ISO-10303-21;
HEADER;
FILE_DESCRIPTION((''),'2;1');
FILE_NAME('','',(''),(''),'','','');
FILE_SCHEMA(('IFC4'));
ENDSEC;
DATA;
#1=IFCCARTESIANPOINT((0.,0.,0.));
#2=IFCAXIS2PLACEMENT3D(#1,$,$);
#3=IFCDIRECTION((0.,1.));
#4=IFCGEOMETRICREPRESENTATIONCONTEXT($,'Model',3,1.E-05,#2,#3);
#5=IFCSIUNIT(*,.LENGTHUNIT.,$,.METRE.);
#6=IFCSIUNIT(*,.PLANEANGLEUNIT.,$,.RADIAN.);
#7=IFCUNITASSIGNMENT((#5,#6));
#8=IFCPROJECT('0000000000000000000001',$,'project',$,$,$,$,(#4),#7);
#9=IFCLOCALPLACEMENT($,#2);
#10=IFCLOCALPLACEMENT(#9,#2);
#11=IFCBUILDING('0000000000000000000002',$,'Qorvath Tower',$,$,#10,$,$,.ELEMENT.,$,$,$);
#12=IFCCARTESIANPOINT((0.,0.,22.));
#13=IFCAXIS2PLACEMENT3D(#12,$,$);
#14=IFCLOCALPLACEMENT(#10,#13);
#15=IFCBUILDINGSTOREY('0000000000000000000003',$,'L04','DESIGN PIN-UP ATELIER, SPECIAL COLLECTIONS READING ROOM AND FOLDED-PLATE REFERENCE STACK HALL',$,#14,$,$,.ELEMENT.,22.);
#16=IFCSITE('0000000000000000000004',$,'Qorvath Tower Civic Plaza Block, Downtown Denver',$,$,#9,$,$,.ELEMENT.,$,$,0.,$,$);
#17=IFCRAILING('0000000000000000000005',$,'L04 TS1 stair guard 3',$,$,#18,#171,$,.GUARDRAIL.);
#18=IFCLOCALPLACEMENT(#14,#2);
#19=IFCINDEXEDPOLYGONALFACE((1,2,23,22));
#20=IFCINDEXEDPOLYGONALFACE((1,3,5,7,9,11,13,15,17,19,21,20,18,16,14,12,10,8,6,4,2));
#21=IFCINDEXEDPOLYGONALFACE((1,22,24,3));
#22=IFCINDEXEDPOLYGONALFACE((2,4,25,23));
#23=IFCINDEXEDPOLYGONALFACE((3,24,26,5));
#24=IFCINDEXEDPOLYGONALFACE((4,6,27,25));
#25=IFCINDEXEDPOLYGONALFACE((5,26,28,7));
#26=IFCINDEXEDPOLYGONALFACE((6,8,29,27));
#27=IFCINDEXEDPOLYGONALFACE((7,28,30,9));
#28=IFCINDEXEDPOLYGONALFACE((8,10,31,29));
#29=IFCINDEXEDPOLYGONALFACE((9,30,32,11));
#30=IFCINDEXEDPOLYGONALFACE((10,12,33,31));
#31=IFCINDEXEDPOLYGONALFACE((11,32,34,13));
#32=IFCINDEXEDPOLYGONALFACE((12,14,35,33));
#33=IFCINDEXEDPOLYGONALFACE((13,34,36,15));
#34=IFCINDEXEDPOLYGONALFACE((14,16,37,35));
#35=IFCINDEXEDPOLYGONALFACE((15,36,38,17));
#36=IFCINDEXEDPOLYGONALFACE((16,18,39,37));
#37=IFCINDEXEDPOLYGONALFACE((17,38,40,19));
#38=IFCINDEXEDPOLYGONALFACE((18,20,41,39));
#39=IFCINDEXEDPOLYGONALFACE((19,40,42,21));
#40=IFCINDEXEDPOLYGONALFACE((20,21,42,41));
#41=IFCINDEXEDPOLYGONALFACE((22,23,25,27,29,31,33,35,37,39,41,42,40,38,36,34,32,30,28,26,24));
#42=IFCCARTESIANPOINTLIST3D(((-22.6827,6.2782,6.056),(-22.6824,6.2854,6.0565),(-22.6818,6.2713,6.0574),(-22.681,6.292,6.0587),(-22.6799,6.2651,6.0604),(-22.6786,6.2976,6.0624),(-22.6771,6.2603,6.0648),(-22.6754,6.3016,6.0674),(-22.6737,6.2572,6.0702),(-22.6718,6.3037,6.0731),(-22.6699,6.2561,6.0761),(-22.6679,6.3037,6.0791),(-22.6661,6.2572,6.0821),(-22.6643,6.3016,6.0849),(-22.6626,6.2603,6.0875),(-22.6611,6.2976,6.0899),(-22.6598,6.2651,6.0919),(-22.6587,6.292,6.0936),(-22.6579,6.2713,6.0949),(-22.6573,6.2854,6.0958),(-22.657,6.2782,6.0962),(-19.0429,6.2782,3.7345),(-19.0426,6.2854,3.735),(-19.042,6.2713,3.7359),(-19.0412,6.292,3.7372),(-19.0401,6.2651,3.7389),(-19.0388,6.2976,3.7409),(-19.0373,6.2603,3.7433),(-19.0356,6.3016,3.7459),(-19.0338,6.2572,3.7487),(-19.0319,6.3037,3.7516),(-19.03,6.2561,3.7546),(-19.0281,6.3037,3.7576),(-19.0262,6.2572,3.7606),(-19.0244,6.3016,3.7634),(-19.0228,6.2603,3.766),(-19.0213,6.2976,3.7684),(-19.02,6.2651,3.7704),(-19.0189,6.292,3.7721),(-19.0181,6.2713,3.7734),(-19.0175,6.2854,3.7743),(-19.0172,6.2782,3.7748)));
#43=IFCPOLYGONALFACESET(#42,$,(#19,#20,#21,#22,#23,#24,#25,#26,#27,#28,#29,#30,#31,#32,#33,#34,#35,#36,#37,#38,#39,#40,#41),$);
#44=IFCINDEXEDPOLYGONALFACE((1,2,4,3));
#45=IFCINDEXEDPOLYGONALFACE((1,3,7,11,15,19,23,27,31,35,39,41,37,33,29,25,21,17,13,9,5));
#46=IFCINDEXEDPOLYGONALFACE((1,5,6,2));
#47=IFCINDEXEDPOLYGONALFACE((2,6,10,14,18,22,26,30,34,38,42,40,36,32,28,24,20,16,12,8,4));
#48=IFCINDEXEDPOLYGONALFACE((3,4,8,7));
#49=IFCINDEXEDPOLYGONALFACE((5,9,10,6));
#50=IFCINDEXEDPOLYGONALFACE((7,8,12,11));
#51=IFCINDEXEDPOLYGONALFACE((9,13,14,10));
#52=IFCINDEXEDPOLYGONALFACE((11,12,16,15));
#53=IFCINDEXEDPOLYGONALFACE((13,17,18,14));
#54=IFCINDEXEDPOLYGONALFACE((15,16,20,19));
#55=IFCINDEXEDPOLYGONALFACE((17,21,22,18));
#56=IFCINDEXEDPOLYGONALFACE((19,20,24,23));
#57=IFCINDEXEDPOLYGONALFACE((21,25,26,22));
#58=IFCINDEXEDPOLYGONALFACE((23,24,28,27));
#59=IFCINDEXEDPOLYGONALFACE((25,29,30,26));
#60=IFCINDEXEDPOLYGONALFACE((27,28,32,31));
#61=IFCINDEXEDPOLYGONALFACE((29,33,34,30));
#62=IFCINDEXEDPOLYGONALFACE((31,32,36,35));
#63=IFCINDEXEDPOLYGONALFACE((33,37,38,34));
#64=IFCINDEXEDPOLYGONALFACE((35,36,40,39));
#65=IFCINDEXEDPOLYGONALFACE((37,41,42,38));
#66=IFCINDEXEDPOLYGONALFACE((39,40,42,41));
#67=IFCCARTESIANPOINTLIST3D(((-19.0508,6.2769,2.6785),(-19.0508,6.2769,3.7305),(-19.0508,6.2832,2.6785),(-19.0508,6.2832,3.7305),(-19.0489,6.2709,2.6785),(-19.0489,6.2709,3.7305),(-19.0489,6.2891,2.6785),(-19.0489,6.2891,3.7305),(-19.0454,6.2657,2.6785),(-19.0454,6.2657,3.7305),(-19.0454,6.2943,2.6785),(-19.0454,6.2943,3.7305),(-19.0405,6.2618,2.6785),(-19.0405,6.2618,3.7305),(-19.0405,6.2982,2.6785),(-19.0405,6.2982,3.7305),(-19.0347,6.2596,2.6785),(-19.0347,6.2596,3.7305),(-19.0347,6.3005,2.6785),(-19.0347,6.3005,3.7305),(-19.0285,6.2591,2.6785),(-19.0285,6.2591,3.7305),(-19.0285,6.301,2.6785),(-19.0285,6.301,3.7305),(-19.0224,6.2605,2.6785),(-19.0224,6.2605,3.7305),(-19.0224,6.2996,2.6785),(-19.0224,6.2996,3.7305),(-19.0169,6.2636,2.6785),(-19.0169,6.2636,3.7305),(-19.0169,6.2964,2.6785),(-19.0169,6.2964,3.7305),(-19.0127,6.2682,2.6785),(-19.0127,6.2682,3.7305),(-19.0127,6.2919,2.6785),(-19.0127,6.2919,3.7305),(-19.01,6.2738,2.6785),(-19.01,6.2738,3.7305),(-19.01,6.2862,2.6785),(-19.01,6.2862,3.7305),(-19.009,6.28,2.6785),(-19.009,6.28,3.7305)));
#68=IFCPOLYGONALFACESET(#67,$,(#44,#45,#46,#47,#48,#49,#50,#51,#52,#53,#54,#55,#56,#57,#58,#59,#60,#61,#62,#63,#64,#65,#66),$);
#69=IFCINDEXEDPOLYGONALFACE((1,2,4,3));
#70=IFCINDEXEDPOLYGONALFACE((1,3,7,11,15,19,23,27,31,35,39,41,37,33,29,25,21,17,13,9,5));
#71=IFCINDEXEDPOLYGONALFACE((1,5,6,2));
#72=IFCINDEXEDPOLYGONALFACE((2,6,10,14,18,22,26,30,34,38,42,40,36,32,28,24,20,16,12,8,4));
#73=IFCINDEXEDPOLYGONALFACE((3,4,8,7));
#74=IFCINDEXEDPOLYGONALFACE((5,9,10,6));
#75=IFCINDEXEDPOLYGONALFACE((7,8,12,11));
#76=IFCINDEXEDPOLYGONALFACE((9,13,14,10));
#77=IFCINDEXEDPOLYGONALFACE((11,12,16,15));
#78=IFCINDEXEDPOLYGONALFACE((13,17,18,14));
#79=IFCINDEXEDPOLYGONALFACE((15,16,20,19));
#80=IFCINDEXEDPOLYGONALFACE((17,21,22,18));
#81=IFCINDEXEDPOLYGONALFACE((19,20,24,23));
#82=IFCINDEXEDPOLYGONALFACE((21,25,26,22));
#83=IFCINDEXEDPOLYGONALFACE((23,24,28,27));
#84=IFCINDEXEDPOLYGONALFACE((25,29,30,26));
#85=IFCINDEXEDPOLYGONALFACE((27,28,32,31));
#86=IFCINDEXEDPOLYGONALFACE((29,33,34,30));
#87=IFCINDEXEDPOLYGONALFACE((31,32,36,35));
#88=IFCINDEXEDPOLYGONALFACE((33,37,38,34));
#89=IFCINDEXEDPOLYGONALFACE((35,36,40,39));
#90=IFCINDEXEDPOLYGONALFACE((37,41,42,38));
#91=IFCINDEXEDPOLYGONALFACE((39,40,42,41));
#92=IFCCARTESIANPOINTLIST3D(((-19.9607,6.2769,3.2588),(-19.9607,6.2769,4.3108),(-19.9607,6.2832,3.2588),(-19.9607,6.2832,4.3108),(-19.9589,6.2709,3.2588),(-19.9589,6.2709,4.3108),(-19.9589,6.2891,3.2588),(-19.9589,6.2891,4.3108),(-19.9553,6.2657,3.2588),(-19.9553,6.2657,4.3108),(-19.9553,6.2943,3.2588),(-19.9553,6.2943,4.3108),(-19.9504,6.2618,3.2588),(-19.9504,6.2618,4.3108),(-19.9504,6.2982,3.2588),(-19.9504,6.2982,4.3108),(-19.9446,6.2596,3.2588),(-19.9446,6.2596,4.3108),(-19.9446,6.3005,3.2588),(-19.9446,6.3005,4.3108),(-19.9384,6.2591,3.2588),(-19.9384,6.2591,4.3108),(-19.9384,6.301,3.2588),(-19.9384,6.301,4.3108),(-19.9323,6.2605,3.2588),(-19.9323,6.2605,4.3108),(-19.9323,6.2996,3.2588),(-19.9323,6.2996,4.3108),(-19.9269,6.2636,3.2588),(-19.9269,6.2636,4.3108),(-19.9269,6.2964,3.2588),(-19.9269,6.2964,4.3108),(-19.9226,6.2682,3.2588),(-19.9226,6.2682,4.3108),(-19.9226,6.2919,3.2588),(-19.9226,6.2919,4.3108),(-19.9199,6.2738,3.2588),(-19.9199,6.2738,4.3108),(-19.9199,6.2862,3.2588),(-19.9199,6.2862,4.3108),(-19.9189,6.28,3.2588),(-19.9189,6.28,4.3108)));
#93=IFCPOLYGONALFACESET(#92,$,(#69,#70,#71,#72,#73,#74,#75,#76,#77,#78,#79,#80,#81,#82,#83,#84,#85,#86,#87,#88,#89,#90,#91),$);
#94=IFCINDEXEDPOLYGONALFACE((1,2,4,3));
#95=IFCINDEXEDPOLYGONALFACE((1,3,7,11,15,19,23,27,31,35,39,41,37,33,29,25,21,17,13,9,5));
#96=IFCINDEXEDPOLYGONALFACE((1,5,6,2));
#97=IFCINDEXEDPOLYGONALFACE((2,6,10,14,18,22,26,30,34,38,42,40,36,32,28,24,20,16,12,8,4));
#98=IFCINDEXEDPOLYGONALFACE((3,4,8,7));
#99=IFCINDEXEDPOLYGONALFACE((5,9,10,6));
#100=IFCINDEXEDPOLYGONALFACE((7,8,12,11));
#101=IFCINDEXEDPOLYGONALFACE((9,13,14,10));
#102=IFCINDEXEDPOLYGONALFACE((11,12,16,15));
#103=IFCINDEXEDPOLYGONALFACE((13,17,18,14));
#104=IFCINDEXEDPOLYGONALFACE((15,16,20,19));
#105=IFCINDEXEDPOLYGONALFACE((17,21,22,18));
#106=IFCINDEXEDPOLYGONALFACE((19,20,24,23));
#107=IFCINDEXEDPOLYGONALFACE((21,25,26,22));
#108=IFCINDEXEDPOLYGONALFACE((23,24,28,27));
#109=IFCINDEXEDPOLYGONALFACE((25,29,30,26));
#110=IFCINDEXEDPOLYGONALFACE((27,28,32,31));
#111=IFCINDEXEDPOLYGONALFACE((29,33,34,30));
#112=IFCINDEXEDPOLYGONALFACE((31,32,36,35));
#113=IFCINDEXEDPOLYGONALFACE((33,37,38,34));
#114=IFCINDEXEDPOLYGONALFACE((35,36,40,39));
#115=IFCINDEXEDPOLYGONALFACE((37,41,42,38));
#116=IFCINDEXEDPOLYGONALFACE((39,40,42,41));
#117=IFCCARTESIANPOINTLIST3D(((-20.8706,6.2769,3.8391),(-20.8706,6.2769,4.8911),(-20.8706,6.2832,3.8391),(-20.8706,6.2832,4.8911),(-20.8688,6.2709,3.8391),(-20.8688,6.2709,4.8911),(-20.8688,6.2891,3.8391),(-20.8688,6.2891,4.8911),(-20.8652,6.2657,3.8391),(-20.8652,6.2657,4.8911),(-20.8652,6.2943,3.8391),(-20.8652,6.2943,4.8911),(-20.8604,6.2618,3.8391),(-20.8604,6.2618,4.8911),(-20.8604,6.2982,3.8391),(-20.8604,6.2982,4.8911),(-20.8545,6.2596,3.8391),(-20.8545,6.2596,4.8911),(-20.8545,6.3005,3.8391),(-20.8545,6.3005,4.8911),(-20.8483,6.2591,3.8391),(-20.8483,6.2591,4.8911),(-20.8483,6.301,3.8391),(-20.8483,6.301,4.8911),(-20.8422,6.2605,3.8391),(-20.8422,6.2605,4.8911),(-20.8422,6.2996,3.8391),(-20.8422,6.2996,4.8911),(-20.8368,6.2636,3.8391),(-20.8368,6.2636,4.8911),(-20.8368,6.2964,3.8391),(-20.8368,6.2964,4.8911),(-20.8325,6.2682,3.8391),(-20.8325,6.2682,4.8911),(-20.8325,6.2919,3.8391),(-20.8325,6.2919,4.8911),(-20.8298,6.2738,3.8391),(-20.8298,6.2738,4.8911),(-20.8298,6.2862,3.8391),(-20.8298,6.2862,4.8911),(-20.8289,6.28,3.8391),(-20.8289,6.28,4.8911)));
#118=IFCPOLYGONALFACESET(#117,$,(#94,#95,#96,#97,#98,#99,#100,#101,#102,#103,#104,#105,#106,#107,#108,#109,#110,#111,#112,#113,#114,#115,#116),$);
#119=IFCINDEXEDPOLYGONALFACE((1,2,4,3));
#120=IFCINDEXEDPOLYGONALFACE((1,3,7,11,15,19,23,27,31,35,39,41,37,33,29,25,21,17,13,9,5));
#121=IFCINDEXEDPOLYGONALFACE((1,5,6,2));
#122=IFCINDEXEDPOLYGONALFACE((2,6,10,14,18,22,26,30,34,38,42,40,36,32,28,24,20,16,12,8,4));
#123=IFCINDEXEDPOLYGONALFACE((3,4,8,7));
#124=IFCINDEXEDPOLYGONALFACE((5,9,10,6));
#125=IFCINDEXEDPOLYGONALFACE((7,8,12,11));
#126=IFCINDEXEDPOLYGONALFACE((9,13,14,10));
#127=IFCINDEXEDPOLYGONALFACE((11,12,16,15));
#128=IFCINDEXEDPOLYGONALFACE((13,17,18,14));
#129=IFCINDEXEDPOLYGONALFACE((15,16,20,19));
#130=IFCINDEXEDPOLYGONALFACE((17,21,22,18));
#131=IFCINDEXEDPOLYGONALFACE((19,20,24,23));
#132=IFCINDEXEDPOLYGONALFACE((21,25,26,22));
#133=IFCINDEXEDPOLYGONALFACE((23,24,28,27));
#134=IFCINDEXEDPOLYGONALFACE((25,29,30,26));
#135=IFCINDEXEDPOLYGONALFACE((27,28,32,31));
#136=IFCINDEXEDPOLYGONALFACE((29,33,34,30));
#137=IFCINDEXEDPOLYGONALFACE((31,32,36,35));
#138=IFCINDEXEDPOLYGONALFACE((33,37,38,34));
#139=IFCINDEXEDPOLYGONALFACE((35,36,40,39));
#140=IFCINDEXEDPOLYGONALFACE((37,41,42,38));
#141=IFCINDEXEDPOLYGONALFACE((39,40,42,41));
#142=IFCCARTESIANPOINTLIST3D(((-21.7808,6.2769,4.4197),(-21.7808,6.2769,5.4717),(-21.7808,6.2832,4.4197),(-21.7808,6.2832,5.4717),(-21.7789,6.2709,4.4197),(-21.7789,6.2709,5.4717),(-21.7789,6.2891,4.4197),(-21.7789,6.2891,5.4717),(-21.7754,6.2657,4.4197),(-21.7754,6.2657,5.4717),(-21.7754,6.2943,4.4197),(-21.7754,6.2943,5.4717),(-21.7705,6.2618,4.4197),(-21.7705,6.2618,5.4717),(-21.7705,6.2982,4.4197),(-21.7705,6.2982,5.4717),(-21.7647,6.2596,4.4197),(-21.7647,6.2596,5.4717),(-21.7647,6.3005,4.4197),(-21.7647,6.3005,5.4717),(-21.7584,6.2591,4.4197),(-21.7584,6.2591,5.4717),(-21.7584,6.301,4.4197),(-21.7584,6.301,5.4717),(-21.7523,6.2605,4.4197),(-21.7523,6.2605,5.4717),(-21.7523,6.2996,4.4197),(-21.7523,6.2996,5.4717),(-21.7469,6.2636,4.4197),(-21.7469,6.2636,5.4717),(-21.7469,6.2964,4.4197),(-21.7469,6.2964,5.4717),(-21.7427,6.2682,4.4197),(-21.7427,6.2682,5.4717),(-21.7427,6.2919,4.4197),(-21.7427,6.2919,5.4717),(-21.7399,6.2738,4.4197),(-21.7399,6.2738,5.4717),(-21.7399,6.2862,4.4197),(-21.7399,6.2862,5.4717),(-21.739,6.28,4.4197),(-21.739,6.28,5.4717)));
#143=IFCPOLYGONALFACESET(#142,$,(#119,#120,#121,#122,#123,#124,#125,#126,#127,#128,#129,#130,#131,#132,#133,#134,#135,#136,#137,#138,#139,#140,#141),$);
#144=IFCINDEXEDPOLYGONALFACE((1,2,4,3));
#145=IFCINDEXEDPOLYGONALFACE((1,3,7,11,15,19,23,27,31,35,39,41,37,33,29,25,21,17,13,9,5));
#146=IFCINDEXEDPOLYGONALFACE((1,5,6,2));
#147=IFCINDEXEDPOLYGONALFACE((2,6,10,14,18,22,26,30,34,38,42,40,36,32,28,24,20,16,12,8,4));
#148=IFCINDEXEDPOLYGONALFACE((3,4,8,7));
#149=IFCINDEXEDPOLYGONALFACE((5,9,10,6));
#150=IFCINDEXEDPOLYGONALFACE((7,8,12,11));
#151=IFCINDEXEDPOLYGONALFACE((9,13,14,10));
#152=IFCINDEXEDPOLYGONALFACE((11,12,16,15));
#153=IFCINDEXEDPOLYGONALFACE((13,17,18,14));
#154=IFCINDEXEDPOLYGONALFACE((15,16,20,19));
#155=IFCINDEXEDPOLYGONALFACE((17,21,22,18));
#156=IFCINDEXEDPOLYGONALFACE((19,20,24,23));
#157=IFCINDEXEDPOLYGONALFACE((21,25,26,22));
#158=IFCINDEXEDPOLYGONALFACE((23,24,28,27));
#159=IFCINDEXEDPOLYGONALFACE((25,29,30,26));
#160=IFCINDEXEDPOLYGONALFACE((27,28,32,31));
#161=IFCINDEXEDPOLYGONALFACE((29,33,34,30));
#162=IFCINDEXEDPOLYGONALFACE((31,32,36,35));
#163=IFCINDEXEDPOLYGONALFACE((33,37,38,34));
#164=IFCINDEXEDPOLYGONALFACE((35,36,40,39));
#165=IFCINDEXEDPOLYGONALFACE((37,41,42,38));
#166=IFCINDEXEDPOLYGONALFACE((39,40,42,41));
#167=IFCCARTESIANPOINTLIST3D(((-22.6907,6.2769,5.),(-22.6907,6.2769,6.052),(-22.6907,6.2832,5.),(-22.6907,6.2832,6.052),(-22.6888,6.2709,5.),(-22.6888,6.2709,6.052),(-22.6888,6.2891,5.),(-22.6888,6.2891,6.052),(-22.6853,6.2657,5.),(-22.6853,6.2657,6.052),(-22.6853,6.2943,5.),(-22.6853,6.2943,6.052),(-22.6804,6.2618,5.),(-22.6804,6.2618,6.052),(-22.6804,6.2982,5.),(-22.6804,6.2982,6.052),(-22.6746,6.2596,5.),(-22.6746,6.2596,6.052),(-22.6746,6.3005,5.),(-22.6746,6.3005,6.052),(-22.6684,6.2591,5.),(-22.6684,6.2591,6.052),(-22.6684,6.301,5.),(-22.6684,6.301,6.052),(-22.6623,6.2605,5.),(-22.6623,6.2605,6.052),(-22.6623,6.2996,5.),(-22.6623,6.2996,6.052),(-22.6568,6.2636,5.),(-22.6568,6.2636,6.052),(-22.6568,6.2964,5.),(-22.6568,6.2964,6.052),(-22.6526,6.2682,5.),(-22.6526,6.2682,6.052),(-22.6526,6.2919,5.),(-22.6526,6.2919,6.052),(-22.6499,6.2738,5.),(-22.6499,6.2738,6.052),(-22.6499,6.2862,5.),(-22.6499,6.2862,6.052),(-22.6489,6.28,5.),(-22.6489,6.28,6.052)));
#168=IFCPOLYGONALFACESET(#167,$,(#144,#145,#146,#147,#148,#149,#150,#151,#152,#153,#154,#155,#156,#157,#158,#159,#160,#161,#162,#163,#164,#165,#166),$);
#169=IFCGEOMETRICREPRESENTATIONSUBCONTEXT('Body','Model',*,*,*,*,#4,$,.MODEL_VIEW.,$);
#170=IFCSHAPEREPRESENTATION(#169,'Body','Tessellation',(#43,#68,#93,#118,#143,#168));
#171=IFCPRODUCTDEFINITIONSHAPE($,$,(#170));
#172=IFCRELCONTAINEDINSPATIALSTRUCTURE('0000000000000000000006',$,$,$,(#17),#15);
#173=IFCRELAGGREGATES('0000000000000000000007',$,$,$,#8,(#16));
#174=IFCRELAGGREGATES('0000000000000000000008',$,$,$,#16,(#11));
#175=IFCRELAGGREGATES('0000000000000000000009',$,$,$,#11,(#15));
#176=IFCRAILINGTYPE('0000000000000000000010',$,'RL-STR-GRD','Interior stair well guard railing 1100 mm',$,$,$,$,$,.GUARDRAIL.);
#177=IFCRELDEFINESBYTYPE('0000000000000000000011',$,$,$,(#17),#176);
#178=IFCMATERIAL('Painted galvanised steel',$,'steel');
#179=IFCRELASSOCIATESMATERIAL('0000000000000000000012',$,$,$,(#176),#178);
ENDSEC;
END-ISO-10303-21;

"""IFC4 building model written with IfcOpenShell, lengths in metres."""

from ifc_helpers import new_model, si_unit, direction, frame, origin, origin_2d, place, context, subcontext, project, spatial, circle, extrude, material, type_object, element, save


model = new_model("IFC4")

# Units and contexts
model_context = context("Model", 3, precision=1e-05, world=origin(), true_north=direction((0.0, 1.0)))
body_context = subcontext(model_context, "Body", "Model", "MODEL_VIEW")
ifc_project = project(units=[si_unit("LENGTHUNIT", "METRE"), si_unit("PLANEANGLEUNIT", "RADIAN")], contexts=[model_context])

# Site, building, storey
site_placement = place(None, origin())
site = spatial("IfcSite", under=ifc_project, at=site_placement, Name="Qorvath Tower Civic Plaza Block, Downtown Denver", CompositionType="ELEMENT", RefElevation=0.0)
building_placement = place(site_placement, origin())
building = spatial("IfcBuilding", under=site, at=building_placement, Name="Qorvath Tower", CompositionType="ELEMENT")
storey_placement = place(building_placement, frame((0.0, 0.0, 22.0)))
storey = spatial("IfcBuildingStorey", under=building, at=storey_placement, Name="L04", Description="DESIGN PIN-UP ATELIER, SPECIAL COLLECTIONS READING ROOM AND FOLDED-PLATE REFERENCE STACK HALL", CompositionType="ELEMENT", Elevation=22.0)

# Railing
ifc_material_1 = material(Name="Painted galvanised steel", Category="steel")
railing_type_1 = type_object("IfcRailingType", Name="RL-STR-GRD", Description="Interior stair well guard railing 1100 mm", PredefinedType="GUARDRAIL", material=ifc_material_1)
railing_1_placement = place(storey_placement, frame((-19.03, 6.28, 2.6785)))
element("IfcRailing", 1, at=railing_1_placement, inside=storey, type_object=railing_type_1, Name="L04 TS1 stair guard 3", PredefinedType="GUARDRAIL", context=body_context, shape_type="SweptSolid", body=[
    extrude(circle(Radius=0.0239, at=origin_2d()), frame((0.0, 0.0, 1.0762), z_axis=(-0.843112, 0.0, 0.537739), x_axis=(0.0, -1.0, 0.0)), (0.0, 0.0, 1.0), 4.3171),
    extrude(circle(Radius=0.021, at=origin_2d()), origin(), (0.0, 0.0, 1.0), 1.052),
    extrude(circle(Radius=0.021, at=origin_2d()), frame((-0.9099, 0.0, 0.5803)), (0.0, 0.0, 1.0), 1.052),
    extrude(circle(Radius=0.021, at=origin_2d()), frame((-1.8198, 0.0, 1.1606)), (0.0, 0.0, 1.0), 1.052),
    extrude(circle(Radius=0.021, at=origin_2d()), frame((-2.73, 0.0, 1.7412)), (0.0, 0.0, 1.0), 1.052),
    extrude(circle(Radius=0.021, at=origin_2d()), frame((-3.6399, 0.0, 2.3215)), (0.0, 0.0, 1.0), 1.052),
])

save(model, "model.ifc")
